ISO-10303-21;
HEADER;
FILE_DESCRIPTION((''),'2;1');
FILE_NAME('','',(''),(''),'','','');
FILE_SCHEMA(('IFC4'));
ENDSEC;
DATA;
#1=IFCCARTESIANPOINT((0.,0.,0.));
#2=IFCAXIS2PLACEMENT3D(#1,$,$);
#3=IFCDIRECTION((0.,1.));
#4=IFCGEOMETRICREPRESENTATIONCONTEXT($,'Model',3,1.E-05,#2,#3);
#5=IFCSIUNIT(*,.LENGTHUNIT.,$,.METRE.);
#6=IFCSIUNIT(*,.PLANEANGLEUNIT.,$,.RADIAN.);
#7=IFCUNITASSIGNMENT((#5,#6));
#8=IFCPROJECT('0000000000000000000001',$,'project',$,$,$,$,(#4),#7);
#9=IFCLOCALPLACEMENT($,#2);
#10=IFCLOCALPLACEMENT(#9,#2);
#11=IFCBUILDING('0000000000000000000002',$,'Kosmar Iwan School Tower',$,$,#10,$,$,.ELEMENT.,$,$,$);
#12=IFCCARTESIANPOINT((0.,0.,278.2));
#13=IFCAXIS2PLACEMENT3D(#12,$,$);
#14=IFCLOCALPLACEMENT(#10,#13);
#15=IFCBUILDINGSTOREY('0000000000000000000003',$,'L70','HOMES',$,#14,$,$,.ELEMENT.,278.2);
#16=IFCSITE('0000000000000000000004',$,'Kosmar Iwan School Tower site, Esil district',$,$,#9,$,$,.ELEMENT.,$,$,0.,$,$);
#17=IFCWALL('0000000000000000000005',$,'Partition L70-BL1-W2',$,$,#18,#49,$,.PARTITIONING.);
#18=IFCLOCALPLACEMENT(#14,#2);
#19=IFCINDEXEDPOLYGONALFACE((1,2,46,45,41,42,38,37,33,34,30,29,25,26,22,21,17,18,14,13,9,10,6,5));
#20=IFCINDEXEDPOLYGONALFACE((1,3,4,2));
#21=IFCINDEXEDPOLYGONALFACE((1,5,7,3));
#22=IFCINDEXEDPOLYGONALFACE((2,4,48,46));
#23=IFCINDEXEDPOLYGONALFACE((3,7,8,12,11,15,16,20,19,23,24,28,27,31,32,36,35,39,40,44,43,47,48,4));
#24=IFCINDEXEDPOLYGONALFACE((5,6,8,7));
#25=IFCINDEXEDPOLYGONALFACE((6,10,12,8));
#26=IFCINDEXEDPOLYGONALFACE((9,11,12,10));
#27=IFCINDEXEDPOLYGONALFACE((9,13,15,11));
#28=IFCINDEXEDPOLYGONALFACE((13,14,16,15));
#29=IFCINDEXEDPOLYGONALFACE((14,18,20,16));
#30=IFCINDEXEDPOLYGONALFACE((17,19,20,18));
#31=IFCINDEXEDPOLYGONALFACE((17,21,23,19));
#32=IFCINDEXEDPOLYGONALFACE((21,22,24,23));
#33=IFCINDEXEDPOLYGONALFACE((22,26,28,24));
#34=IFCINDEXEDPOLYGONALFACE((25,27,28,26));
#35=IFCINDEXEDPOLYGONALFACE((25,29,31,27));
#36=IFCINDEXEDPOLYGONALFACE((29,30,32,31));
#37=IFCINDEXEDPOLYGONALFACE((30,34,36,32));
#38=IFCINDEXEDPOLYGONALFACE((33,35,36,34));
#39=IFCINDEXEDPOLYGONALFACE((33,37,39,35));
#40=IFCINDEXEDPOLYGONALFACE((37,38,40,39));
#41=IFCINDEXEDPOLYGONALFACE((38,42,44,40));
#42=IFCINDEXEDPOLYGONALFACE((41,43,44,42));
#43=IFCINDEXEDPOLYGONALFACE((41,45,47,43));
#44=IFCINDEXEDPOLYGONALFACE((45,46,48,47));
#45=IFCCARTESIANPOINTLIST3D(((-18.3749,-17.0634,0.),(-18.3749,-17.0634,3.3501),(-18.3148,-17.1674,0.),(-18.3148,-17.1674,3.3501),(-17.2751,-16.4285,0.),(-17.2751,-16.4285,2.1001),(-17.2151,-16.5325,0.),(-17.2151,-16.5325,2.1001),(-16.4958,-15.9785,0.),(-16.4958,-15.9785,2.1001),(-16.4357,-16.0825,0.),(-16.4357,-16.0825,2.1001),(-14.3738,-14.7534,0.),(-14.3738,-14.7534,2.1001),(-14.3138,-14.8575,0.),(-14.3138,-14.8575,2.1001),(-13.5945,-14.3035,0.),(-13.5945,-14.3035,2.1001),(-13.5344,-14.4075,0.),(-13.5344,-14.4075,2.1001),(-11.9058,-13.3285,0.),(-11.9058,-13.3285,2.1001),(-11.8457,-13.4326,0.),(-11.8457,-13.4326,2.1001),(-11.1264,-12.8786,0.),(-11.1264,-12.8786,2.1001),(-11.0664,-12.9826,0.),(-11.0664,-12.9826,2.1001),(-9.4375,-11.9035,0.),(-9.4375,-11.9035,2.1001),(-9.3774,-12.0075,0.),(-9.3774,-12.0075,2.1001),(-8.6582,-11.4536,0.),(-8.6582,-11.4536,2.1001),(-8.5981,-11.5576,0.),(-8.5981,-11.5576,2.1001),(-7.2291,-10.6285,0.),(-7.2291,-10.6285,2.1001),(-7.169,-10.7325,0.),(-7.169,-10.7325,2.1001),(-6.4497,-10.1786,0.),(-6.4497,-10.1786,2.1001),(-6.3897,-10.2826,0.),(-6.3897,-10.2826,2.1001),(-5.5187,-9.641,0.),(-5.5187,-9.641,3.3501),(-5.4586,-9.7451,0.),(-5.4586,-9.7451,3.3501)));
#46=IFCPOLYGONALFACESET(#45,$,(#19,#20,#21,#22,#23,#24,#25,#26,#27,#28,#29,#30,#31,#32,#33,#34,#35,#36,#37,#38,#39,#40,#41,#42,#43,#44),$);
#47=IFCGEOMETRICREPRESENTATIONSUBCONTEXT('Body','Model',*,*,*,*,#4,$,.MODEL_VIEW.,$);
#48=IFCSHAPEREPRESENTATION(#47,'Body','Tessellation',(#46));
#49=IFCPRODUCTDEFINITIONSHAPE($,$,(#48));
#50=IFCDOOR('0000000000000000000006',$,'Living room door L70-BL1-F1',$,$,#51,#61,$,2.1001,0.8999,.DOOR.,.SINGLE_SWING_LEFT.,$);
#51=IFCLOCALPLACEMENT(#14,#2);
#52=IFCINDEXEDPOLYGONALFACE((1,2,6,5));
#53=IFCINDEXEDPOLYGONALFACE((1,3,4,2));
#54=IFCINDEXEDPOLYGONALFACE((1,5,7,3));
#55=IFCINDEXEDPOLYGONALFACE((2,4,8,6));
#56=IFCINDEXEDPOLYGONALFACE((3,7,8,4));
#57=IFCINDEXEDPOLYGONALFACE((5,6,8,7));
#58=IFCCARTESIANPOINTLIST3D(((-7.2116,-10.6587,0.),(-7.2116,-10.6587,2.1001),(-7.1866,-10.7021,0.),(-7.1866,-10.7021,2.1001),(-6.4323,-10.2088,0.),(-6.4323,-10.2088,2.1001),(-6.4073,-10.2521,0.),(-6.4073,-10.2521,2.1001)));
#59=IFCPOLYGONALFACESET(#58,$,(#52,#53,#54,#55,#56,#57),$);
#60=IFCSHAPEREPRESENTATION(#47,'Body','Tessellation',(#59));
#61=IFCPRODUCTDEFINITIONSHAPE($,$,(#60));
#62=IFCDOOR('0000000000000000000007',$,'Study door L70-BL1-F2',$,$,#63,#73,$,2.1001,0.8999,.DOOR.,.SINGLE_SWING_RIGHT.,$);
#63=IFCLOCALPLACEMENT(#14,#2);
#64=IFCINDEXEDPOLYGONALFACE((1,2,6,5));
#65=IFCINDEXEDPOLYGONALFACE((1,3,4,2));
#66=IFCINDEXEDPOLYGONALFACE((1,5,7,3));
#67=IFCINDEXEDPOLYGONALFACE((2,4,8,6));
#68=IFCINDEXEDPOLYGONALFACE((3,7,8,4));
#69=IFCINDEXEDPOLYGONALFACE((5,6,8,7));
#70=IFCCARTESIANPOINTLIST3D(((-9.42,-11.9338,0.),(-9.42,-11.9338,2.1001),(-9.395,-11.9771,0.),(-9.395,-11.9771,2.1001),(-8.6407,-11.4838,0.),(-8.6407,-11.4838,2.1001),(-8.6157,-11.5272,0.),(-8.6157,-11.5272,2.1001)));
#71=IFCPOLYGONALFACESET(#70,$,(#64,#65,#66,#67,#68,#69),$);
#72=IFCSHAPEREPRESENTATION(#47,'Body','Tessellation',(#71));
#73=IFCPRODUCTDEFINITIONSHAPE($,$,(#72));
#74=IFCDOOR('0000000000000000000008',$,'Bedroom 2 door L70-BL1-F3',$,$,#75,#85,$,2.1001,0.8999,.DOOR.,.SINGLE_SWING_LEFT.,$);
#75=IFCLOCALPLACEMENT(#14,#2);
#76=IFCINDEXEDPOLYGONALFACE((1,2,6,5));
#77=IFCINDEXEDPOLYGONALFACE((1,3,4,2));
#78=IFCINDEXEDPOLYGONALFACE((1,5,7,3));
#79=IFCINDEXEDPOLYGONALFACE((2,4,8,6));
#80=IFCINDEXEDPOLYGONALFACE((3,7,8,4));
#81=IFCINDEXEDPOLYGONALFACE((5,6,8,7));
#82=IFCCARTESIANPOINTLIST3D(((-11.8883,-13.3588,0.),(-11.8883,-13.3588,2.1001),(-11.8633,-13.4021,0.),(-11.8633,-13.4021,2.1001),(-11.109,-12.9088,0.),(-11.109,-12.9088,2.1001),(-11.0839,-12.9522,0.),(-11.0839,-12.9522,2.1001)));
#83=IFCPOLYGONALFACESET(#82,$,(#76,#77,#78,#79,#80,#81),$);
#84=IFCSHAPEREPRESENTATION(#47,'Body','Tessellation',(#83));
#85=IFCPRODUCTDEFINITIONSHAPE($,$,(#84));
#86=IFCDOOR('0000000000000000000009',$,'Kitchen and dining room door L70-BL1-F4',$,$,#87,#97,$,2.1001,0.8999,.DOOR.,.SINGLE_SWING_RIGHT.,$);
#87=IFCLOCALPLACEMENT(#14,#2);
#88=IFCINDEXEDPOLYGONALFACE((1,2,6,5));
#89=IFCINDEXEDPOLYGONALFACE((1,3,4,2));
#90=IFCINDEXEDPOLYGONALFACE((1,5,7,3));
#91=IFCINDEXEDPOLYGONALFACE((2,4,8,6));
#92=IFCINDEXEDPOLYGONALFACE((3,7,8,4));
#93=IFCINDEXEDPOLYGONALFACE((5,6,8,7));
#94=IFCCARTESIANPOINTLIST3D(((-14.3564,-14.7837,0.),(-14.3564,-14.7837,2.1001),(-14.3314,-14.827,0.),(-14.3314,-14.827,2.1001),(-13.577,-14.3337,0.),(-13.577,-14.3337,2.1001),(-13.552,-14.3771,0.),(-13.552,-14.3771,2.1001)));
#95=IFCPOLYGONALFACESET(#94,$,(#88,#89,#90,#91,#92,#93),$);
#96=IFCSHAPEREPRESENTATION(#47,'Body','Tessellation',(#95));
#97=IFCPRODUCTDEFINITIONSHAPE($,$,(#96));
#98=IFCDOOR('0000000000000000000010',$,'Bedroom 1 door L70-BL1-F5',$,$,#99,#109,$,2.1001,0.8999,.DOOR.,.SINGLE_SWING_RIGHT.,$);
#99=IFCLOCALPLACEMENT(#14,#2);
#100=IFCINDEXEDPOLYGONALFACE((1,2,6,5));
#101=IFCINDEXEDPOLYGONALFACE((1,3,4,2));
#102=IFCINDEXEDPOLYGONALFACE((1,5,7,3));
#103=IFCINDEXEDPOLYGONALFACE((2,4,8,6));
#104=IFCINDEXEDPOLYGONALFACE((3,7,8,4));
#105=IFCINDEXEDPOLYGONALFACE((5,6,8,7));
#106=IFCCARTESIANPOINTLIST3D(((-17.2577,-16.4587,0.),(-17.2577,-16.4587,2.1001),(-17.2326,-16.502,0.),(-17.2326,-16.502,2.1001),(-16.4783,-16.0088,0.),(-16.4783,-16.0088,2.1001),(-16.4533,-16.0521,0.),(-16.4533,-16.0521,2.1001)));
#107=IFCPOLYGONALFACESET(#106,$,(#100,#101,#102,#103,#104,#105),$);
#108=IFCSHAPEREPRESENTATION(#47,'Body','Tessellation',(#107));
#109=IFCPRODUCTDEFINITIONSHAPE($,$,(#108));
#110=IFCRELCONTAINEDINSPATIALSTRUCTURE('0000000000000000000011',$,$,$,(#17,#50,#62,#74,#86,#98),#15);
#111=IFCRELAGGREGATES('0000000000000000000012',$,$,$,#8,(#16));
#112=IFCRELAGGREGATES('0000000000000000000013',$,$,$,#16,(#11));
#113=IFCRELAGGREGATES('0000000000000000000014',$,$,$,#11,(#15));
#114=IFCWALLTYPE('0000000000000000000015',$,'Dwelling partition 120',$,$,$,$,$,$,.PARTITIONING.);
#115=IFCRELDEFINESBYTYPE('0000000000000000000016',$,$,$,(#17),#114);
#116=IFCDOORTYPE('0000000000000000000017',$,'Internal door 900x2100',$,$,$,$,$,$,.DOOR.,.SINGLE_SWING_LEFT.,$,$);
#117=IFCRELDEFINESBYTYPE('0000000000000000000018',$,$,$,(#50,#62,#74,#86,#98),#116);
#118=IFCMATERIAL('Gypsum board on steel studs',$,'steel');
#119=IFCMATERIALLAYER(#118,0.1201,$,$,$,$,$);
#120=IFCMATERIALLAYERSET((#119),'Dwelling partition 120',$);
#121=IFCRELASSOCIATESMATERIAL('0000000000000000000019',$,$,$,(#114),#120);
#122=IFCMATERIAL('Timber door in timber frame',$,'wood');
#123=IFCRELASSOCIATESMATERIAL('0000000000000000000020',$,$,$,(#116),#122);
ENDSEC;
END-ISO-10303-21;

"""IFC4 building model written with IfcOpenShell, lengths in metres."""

from ifc_helpers import new_model, si_unit, direction, frame, frame_2d, origin, place, context, subcontext, project, spatial, rectangle, extrude, material, layer, layer_set, type_object, element, fill, save


model = new_model("IFC4")

# Units and contexts
model_context = context("Model", 3, precision=1e-05, world=origin(), true_north=direction((0.0, 1.0)))
body_context = subcontext(model_context, "Body", "Model", "MODEL_VIEW")
ifc_project = project(units=[si_unit("LENGTHUNIT", "METRE"), si_unit("PLANEANGLEUNIT", "RADIAN")], contexts=[model_context])

# Site, building, storey
site_placement = place(None, origin())
site = spatial("IfcSite", under=ifc_project, at=site_placement, Name="Kosmar Iwan School Tower site, Esil district", CompositionType="ELEMENT", RefElevation=0.0)
building_placement = place(site_placement, origin())
building = spatial("IfcBuilding", under=site, at=building_placement, Name="Kosmar Iwan School Tower", CompositionType="ELEMENT")
storey_placement = place(building_placement, frame((0.0, 0.0, 278.2)))
storey = spatial("IfcBuildingStorey", under=building, at=storey_placement, Name="L70", Description="HOMES", CompositionType="ELEMENT", Elevation=278.2)

# Wall, openings, doors
ifc_material_1 = material(Name="Gypsum board on steel studs", Category="steel")
ifc_layer_1 = layer(ifc_material_1, 0.1201)
ifc_layer_set_1 = layer_set([ifc_layer_1], Name="Dwelling partition 120")
wall_type_1 = type_object("IfcWallType", Name="Dwelling partition 120", PredefinedType="PARTITIONING", material=ifc_layer_set_1)
ifc_material_2 = material(Name="Timber door in timber frame", Category="wood")
door_type_1 = type_object("IfcDoorType", Name="Internal door 900x2100", OperationType="SINGLE_SWING_LEFT", PredefinedType="DOOR", material=ifc_material_2)
wall_1_placement = place(storey_placement, frame((-5.4888, -9.6931, 0.0), z_axis=(0.0, 0.0, 1.0), x_axis=(-0.86603, -0.499992, 0.0)))
wall_1 = element("IfcWall", 1, at=wall_1_placement, inside=storey, type_object=wall_type_1, Name="Partition L70-BL1-W2", PredefinedType="PARTITIONING", context=body_context, shape_type="SweptSolid", body=[
    extrude(rectangle(XDim=14.845, YDim=0.1201, at=frame_2d((7.4224, 0.0))), origin(), (0.0, 0.0, 1.0), 3.3501),
])
opening_1_placement = place(wall_1_placement, frame((1.075, 0.0, 0.0)))
opening_1 = element("IfcOpeningElement", 2, at=opening_1_placement, cuts=wall_1, PredefinedType="OPENING", context=body_context, shape_type="SweptSolid", body=[
    extrude(rectangle(XDim=0.8999, YDim=2.1001, at=frame_2d((0.45, 1.05))), frame((0.0, 0.072, 0.0), z_axis=(0.0, -1.0, 0.0), x_axis=(1.0, 0.0, 0.0)), (0.0, 0.0, 1.0), 0.144),
])
opening_2_placement = place(wall_1_placement, frame((3.625, 0.0, 0.0)))
opening_2 = element("IfcOpeningElement", 3, at=opening_2_placement, cuts=wall_1, PredefinedType="OPENING", context=body_context, shape_type="SweptSolid", body=[
    extrude(rectangle(XDim=0.8999, YDim=2.1001, at=frame_2d((0.45, 1.05))), frame((0.0, 0.072, 0.0), z_axis=(0.0, -1.0, 0.0), x_axis=(1.0, 0.0, 0.0)), (0.0, 0.0, 1.0), 0.144),
])
opening_3_placement = place(wall_1_placement, frame((6.4751, 0.0, 0.0)))
opening_3 = element("IfcOpeningElement", 4, at=opening_3_placement, cuts=wall_1, PredefinedType="OPENING", context=body_context, shape_type="SweptSolid", body=[
    extrude(rectangle(XDim=0.8999, YDim=2.1001, at=frame_2d((0.45, 1.05))), frame((0.0, 0.072, 0.0), z_axis=(0.0, -1.0, 0.0), x_axis=(1.0, 0.0, 0.0)), (0.0, 0.0, 1.0), 0.144),
])
opening_4_placement = place(wall_1_placement, frame((9.325, 0.0, 0.0)))
opening_4 = element("IfcOpeningElement", 5, at=opening_4_placement, cuts=wall_1, PredefinedType="OPENING", context=body_context, shape_type="SweptSolid", body=[
    extrude(rectangle(XDim=0.8999, YDim=2.1001, at=frame_2d((0.45, 1.05))), frame((0.0, 0.072, 0.0), z_axis=(0.0, -1.0, 0.0), x_axis=(1.0, 0.0, 0.0)), (0.0, 0.0, 1.0), 0.144),
])
opening_5_placement = place(wall_1_placement, frame((12.675, 0.0, 0.0)))
opening_5 = element("IfcOpeningElement", 6, at=opening_5_placement, cuts=wall_1, PredefinedType="OPENING", context=body_context, shape_type="SweptSolid", body=[
    extrude(rectangle(XDim=0.8999, YDim=2.1001, at=frame_2d((0.45, 1.05))), frame((0.0, 0.072, 0.0), z_axis=(0.0, -1.0, 0.0), x_axis=(1.0, 0.0, 0.0)), (0.0, 0.0, 1.0), 0.144),
])
door_1_placement = place(opening_1_placement, origin())
door_1 = element("IfcDoor", 7, at=door_1_placement, inside=storey, type_object=door_type_1, Name="Living room door L70-BL1-F1", OperationType="SINGLE_SWING_LEFT", OverallHeight=2.1001, OverallWidth=0.8999, PredefinedType="DOOR", context=body_context, shape_type="SweptSolid", body=[
    extrude(rectangle(XDim=0.8999, YDim=2.1001, at=frame_2d((0.45, 1.05))), frame((0.0, 0.0249, 0.0), z_axis=(0.0, -1.0, 0.0), x_axis=(1.0, 0.0, 0.0)), (0.0, 0.0, 1.0), 0.05),
])
fill(opening_1, door_1)
door_2_placement = place(opening_2_placement, origin())
door_2 = element("IfcDoor", 8, at=door_2_placement, inside=storey, type_object=door_type_1, Name="Study door L70-BL1-F2", OperationType="SINGLE_SWING_RIGHT", OverallHeight=2.1001, OverallWidth=0.8999, PredefinedType="DOOR", context=body_context, shape_type="SweptSolid", body=[
    extrude(rectangle(XDim=0.8999, YDim=2.1001, at=frame_2d((0.45, 1.05))), frame((0.0, 0.0249, 0.0), z_axis=(0.0, -1.0, 0.0), x_axis=(1.0, 0.0, 0.0)), (0.0, 0.0, 1.0), 0.05),
])
fill(opening_2, door_2)
door_3_placement = place(opening_3_placement, origin())
door_3 = element("IfcDoor", 9, at=door_3_placement, inside=storey, type_object=door_type_1, Name="Bedroom 2 door L70-BL1-F3", OperationType="SINGLE_SWING_LEFT", OverallHeight=2.1001, OverallWidth=0.8999, PredefinedType="DOOR", context=body_context, shape_type="SweptSolid", body=[
    extrude(rectangle(XDim=0.8999, YDim=2.1001, at=frame_2d((0.45, 1.05))), frame((0.0, 0.0249, 0.0), z_axis=(0.0, -1.0, 0.0), x_axis=(1.0, 0.0, 0.0)), (0.0, 0.0, 1.0), 0.05),
])
fill(opening_3, door_3)
door_4_placement = place(opening_4_placement, origin())
door_4 = element("IfcDoor", 10, at=door_4_placement, inside=storey, type_object=door_type_1, Name="Kitchen and dining room door L70-BL1-F4", OperationType="SINGLE_SWING_RIGHT", OverallHeight=2.1001, OverallWidth=0.8999, PredefinedType="DOOR", context=body_context, shape_type="SweptSolid", body=[
    extrude(rectangle(XDim=0.8999, YDim=2.1001, at=frame_2d((0.45, 1.05))), frame((0.0, 0.0249, 0.0), z_axis=(0.0, -1.0, 0.0), x_axis=(1.0, 0.0, 0.0)), (0.0, 0.0, 1.0), 0.05),
])
fill(opening_4, door_4)
door_5_placement = place(opening_5_placement, origin())
door_5 = element("IfcDoor", 11, at=door_5_placement, inside=storey, type_object=door_type_1, Name="Bedroom 1 door L70-BL1-F5", OperationType="SINGLE_SWING_RIGHT", OverallHeight=2.1001, OverallWidth=0.8999, PredefinedType="DOOR", context=body_context, shape_type="SweptSolid", body=[
    extrude(rectangle(XDim=0.8999, YDim=2.1001, at=frame_2d((0.45, 1.05))), frame((0.0, 0.0249, 0.0), z_axis=(0.0, -1.0, 0.0), x_axis=(1.0, 0.0, 0.0)), (0.0, 0.0, 1.0), 0.05),
])
fill(opening_5, door_5)

save(model, "model.ifc")
